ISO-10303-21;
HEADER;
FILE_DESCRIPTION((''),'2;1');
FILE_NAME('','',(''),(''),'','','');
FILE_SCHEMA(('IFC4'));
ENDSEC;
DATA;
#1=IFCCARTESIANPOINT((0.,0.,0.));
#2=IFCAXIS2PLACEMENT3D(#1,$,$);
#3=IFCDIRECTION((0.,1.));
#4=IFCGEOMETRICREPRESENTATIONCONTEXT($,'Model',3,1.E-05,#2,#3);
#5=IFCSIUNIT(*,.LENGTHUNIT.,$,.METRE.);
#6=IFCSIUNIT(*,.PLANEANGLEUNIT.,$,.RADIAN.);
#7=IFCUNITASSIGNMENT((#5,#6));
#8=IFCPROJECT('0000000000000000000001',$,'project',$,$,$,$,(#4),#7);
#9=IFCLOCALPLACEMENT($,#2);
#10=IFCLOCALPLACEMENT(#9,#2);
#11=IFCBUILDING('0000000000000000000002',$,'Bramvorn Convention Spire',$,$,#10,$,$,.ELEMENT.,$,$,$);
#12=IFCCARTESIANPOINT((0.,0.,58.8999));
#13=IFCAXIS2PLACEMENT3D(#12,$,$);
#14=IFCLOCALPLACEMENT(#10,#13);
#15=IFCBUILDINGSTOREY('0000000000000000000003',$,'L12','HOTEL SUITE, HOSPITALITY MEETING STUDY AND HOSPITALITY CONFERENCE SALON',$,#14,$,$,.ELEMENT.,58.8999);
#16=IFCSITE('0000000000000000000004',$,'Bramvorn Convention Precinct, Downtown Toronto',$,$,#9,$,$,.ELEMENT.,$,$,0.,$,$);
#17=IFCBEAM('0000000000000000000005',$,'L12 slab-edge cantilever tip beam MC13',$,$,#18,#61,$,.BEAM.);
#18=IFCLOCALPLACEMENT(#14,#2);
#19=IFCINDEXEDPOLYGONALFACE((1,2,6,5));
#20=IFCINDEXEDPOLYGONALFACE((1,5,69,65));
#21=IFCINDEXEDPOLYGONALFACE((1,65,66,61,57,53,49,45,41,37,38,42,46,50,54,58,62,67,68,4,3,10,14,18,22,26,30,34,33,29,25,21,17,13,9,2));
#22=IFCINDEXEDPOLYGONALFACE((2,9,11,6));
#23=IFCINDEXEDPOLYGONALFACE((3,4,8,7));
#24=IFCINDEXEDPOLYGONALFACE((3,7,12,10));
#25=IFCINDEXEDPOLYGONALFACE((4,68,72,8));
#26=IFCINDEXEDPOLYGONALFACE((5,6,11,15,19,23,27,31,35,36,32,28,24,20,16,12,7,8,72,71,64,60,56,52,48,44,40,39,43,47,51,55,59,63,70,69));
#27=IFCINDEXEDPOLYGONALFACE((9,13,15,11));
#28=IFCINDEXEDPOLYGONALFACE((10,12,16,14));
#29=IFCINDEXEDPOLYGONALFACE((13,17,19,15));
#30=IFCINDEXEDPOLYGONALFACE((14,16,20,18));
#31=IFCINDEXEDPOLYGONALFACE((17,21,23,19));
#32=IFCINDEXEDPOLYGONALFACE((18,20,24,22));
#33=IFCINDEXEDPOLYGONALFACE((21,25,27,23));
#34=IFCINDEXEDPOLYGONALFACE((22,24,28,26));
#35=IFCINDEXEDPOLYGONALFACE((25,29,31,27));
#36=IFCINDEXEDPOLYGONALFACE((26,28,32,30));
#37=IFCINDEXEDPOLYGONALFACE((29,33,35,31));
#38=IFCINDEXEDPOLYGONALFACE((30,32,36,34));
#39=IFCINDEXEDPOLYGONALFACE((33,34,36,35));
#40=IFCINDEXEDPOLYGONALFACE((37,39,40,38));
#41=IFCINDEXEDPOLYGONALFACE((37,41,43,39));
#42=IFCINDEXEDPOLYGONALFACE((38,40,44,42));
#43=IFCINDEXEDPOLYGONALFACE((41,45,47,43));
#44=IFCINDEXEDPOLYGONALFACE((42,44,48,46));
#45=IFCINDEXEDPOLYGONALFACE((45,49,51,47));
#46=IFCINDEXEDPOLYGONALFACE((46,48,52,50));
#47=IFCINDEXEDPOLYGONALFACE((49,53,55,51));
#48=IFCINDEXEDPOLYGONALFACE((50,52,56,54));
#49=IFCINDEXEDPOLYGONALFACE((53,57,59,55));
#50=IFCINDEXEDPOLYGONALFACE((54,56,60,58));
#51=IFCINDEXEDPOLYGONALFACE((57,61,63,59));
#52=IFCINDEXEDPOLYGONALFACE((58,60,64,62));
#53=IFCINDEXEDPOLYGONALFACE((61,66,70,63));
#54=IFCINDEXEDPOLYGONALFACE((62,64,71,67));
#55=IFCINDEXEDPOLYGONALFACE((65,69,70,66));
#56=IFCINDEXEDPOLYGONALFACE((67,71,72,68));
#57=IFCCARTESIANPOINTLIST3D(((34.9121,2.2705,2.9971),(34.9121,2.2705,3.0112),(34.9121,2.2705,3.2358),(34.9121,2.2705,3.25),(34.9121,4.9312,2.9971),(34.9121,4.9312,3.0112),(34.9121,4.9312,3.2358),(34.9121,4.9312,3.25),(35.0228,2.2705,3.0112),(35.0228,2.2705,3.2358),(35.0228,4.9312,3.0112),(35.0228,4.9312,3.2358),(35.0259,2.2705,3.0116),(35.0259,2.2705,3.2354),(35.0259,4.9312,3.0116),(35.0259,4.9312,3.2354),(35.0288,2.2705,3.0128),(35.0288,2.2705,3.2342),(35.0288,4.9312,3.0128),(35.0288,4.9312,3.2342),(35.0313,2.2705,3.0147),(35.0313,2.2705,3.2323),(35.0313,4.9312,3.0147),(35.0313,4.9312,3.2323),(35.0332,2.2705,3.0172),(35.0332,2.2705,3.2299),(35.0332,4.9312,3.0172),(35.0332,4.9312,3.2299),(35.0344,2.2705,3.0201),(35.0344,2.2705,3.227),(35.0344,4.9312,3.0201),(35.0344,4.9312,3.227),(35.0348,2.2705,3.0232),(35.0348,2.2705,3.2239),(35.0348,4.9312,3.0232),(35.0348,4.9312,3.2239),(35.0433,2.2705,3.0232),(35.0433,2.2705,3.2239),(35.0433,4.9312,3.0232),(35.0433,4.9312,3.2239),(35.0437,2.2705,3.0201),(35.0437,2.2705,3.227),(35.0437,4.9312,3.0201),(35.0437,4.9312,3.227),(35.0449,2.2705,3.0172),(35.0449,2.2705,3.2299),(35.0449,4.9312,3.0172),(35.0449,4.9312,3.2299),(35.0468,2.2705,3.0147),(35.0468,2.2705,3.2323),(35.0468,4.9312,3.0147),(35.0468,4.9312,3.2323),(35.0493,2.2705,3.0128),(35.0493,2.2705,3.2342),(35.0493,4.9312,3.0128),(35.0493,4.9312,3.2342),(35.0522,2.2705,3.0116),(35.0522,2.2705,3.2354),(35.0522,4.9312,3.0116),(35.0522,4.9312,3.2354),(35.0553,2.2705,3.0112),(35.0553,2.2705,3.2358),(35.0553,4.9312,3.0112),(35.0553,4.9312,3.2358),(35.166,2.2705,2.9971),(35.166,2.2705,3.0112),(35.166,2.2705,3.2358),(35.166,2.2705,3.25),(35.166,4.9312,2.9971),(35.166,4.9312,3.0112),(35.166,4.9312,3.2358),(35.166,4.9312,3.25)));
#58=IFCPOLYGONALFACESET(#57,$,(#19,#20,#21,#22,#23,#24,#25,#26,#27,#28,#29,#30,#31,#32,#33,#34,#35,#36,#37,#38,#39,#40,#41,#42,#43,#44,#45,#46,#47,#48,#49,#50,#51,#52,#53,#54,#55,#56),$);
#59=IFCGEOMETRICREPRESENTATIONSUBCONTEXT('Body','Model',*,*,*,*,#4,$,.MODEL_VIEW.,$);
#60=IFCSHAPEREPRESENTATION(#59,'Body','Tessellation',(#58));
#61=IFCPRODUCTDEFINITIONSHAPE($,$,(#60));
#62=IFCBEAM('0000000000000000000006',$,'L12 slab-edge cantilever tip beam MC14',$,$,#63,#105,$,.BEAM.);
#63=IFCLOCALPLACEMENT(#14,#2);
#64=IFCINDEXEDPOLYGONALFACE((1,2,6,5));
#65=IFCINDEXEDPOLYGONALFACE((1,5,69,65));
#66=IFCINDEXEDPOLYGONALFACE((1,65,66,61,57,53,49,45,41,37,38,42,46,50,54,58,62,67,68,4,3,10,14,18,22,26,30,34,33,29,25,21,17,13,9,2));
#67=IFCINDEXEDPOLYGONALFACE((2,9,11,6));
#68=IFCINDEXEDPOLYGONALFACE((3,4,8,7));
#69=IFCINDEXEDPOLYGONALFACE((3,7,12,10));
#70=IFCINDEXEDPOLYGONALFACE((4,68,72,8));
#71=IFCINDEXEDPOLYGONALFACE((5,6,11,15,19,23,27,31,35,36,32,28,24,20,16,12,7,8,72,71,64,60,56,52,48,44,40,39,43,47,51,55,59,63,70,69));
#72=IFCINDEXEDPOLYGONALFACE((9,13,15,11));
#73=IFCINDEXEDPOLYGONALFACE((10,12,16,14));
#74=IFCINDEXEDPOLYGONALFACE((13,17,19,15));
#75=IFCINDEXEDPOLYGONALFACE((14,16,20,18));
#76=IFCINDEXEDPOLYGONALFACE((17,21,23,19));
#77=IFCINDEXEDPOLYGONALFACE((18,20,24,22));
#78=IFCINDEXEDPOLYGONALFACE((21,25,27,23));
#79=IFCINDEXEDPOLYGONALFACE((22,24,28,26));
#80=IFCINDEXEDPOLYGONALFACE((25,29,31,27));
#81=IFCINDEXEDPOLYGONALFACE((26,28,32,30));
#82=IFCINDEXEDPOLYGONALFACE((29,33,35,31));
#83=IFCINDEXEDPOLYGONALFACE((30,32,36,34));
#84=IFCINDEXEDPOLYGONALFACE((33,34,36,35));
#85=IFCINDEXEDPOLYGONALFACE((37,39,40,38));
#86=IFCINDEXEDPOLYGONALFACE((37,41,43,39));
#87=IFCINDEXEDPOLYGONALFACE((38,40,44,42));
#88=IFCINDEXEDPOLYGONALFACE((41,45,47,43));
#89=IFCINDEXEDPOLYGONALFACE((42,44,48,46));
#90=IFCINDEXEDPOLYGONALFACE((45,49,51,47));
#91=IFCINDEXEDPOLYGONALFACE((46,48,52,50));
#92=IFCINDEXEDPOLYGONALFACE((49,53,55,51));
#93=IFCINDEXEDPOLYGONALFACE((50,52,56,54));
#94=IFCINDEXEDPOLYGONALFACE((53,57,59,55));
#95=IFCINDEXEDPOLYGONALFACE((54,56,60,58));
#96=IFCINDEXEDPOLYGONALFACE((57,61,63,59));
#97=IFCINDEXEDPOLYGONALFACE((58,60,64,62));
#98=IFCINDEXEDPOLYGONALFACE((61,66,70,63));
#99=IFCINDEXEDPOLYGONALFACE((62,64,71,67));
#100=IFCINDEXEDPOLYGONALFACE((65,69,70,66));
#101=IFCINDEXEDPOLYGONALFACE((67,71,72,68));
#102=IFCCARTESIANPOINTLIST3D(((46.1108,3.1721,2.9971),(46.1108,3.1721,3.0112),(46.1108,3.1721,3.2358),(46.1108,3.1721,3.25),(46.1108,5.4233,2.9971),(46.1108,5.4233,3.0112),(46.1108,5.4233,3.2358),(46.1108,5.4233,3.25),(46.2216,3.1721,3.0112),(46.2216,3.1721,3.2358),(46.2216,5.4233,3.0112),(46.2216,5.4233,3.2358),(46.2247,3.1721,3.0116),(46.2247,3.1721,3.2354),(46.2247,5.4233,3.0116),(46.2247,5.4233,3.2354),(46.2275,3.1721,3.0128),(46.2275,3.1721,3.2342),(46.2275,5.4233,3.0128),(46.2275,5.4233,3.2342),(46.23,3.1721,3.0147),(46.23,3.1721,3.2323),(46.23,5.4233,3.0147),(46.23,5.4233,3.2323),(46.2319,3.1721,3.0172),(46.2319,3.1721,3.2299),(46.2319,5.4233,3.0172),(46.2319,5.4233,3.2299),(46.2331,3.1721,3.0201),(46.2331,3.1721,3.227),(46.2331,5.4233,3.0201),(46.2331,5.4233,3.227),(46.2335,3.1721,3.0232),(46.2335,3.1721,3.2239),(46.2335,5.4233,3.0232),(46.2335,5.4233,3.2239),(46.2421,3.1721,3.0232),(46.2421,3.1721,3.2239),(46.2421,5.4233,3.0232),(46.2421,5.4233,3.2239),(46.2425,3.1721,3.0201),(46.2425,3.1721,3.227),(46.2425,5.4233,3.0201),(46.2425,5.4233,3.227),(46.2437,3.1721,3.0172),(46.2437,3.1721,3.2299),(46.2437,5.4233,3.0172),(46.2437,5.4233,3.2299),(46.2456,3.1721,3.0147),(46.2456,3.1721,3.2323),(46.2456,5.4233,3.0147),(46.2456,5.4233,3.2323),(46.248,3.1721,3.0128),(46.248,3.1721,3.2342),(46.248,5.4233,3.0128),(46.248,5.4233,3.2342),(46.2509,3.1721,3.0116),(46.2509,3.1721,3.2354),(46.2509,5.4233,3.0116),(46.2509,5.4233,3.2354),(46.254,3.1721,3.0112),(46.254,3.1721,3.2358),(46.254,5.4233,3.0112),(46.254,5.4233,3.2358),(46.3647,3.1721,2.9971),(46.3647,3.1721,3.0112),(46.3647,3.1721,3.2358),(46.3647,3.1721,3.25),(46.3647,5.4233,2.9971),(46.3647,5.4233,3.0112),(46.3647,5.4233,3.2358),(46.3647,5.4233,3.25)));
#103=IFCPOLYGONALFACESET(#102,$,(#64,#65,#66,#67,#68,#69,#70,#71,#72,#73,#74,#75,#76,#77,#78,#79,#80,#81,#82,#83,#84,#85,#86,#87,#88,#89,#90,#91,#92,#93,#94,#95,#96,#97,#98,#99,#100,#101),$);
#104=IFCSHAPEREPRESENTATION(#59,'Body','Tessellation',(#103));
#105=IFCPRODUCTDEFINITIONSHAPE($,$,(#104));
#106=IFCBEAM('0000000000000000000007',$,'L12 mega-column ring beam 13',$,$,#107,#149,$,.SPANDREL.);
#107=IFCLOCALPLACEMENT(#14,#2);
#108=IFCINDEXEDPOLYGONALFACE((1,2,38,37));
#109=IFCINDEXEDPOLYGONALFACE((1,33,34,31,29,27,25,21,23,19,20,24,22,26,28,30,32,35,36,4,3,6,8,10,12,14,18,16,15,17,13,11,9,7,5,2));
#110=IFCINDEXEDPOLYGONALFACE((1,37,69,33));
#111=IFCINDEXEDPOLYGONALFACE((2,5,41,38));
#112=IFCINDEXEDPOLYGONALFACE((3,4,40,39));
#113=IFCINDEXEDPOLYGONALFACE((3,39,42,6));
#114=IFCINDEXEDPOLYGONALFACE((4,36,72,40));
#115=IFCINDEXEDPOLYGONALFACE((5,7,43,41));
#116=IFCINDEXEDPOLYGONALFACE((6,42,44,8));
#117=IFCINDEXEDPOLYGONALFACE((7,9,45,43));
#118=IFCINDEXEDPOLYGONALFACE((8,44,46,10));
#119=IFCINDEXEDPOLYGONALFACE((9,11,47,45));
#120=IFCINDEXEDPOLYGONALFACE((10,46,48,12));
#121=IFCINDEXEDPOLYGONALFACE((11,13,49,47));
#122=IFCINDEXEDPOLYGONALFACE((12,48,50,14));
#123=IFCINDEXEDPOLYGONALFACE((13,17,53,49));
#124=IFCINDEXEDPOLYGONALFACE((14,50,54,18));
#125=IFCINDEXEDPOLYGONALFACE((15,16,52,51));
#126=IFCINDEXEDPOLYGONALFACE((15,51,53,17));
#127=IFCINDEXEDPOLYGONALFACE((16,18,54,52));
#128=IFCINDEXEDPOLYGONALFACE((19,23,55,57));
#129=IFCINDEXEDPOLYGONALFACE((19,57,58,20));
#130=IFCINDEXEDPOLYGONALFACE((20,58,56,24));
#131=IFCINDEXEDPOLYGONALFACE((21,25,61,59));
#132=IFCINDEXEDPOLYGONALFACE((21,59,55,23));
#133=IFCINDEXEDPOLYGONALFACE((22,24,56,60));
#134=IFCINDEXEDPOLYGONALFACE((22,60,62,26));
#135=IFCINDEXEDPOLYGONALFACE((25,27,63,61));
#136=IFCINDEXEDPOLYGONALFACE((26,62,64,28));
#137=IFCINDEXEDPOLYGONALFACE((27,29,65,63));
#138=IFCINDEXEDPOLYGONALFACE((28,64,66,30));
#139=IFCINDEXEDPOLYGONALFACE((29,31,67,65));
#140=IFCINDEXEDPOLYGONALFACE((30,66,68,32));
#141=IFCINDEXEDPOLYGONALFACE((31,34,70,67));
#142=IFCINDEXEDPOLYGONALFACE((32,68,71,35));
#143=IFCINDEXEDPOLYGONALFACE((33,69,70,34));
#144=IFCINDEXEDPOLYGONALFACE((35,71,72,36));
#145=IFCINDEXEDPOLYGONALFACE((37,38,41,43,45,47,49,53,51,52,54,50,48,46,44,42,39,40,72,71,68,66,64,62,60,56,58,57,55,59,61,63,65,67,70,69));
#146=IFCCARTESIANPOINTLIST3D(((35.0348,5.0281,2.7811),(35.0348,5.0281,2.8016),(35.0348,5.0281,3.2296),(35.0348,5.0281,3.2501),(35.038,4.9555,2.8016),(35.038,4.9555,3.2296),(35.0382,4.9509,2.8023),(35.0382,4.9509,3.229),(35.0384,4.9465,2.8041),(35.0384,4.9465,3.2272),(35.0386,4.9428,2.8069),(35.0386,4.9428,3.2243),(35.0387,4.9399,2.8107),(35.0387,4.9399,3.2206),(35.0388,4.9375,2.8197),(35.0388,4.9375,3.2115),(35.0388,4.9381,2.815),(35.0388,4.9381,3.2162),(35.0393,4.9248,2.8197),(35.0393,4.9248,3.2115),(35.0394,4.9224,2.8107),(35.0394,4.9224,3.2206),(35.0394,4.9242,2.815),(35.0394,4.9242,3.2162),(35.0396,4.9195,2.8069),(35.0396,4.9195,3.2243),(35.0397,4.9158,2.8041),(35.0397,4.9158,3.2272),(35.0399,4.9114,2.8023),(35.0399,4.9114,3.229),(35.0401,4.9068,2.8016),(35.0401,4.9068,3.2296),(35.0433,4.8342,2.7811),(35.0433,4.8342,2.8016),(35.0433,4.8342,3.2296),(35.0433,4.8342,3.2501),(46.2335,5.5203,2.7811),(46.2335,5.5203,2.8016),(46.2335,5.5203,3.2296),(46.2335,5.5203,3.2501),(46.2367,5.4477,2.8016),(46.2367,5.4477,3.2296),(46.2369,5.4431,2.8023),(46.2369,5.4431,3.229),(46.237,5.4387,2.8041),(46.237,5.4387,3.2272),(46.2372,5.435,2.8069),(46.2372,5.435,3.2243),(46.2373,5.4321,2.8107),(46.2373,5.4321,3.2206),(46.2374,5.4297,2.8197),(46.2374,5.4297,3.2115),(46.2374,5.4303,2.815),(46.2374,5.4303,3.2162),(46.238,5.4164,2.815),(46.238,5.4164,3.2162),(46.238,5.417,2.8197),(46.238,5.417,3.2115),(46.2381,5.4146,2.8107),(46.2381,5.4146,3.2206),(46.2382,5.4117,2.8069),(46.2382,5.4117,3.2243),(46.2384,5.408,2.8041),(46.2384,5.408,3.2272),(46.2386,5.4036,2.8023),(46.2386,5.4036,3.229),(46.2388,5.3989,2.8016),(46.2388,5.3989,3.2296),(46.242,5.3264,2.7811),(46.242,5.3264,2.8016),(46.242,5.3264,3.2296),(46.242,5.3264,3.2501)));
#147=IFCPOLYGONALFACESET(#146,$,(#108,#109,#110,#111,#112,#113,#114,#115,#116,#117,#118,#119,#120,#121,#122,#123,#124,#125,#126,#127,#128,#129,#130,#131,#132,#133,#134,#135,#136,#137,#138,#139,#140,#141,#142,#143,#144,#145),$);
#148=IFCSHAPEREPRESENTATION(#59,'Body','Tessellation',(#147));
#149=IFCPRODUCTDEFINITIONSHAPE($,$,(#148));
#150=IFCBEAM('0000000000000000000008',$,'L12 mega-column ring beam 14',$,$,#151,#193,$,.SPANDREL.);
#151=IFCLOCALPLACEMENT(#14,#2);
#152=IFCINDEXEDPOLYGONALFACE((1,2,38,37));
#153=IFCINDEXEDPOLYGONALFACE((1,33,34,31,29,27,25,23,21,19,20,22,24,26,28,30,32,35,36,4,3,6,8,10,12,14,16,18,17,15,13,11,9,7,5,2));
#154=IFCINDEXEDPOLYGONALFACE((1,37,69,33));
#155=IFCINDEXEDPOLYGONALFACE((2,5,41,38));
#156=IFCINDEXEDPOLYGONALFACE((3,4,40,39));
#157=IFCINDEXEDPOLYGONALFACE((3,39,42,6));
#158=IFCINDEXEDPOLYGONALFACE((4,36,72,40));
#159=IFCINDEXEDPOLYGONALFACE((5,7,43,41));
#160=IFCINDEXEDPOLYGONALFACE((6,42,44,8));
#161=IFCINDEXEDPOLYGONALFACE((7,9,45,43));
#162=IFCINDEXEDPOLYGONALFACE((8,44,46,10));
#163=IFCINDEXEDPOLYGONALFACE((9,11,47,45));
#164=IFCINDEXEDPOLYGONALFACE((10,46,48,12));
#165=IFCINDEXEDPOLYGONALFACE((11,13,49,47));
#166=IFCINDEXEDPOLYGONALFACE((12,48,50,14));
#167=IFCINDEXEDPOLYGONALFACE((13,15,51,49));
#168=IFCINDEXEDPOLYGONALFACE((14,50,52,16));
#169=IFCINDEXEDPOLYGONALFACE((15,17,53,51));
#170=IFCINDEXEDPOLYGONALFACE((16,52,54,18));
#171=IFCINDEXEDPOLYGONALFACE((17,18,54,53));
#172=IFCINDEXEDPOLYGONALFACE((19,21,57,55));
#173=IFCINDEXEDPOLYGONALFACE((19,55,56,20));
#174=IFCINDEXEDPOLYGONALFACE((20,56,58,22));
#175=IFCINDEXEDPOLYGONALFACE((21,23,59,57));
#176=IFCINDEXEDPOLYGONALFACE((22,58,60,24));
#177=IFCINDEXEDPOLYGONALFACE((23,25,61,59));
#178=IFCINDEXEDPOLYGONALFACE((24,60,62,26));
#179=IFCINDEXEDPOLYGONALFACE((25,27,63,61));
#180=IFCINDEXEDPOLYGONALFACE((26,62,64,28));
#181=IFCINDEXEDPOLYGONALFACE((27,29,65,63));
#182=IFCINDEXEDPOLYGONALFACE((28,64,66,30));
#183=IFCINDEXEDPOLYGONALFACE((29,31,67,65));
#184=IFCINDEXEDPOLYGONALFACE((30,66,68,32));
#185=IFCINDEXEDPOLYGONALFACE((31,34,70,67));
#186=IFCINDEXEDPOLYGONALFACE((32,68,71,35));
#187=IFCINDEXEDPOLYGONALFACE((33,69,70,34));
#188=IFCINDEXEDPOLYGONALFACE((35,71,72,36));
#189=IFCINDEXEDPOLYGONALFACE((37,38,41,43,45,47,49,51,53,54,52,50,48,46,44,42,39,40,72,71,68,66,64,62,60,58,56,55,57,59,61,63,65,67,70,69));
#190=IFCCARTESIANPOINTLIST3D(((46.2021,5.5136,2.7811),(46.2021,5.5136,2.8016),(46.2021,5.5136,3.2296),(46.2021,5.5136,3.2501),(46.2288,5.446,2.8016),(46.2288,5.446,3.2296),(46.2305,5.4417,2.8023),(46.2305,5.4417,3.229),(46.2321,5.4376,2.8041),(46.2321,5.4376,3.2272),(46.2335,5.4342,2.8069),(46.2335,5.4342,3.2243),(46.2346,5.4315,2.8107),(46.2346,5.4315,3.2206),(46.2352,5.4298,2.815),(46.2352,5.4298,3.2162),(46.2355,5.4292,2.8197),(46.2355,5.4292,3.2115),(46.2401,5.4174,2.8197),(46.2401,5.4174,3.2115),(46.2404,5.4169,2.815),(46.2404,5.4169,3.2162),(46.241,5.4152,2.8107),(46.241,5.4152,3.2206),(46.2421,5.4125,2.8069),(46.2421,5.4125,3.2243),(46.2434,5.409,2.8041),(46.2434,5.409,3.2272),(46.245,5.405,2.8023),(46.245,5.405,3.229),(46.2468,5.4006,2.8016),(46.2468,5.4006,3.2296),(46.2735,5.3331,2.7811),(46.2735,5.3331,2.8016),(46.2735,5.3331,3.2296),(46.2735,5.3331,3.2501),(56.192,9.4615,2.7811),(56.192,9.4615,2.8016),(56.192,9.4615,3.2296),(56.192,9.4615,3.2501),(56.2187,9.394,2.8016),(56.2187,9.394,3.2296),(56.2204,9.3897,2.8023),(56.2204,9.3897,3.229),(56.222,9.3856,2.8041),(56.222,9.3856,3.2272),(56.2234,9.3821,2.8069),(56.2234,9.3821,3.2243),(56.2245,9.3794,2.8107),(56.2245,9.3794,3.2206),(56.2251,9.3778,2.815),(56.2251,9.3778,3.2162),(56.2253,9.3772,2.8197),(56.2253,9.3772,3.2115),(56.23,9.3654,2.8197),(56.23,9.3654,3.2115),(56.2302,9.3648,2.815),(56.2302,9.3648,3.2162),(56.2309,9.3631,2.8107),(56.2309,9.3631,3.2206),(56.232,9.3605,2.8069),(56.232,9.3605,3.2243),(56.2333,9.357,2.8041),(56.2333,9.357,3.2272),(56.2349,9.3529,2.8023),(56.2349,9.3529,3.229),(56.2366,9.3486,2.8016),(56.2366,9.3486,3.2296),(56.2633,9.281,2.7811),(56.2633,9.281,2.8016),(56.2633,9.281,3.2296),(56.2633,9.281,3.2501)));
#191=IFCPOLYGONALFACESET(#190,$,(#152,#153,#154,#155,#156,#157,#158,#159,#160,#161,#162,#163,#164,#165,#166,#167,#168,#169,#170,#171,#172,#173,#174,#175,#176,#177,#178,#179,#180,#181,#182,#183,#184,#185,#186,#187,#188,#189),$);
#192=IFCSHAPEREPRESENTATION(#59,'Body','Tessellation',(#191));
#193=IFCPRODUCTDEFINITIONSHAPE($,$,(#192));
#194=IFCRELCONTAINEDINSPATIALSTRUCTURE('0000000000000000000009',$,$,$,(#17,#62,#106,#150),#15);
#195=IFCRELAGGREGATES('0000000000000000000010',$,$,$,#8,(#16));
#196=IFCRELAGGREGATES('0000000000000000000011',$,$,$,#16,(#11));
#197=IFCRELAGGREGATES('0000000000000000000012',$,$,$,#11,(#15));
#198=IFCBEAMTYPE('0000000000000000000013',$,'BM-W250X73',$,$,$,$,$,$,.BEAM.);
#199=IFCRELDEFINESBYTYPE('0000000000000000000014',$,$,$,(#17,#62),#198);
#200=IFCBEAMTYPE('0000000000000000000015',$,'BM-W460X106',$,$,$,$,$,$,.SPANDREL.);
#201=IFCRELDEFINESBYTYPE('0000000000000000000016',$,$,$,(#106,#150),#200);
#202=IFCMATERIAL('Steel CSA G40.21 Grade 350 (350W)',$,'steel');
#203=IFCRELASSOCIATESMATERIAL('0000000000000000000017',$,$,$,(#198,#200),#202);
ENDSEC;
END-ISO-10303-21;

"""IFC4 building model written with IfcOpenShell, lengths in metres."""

from ifc_helpers import new_model, si_unit, direction, frame, origin, origin_2d, place, context, subcontext, project, spatial, i_section, extrude, material, material_profile, profile_set, type_object, element, save


model = new_model("IFC4")

# Units and contexts
model_context = context("Model", 3, precision=1e-05, world=origin(), true_north=direction((0.0, 1.0)))
body_context = subcontext(model_context, "Body", "Model", "MODEL_VIEW")
ifc_project = project(units=[si_unit("LENGTHUNIT", "METRE"), si_unit("PLANEANGLEUNIT", "RADIAN")], contexts=[model_context])

# Site, building, storey
site_placement = place(None, origin())
site = spatial("IfcSite", under=ifc_project, at=site_placement, Name="Bramvorn Convention Precinct, Downtown Toronto", CompositionType="ELEMENT", RefElevation=0.0)
building_placement = place(site_placement, origin())
building = spatial("IfcBuilding", under=site, at=building_placement, Name="Bramvorn Convention Spire", CompositionType="ELEMENT")
storey_placement = place(building_placement, frame((0.0, 0.0, 58.8999)))
storey = spatial("IfcBuildingStorey", under=building, at=storey_placement, Name="L12", Description="HOTEL SUITE, HOSPITALITY MEETING STUDY AND HOSPITALITY CONFERENCE SALON", CompositionType="ELEMENT", Elevation=58.8999)

# Shared definitions
ifc_material_1 = material(Name="Steel CSA G40.21 Grade 350 (350W)", Category="steel")

# Beams
ifc_material_profile_1 = material_profile(ifc_material_1, i_section(OverallWidth=0.2539, OverallDepth=0.2529, WebThickness=0.0085, FlangeThickness=0.0142, FilletRadius=0.012, at=origin_2d()))
ifc_profile_set_1 = profile_set([ifc_material_profile_1], Name="Steel CSA G40.21 Grade 350 (350W) - W250X73")
beam_type_1 = type_object("IfcBeamType", Name="BM-W250X73", PredefinedType="BEAM", material=ifc_profile_set_1)
beam_1_placement = place(storey_placement, frame((35.0391, 4.9312, 3.1235), z_axis=(0.0, -1.0, 0.0), x_axis=(1.0, 0.0, 0.0)))
element("IfcBeam", 1, at=beam_1_placement, inside=storey, type_object=beam_type_1, Name="L12 slab-edge cantilever tip beam MC13", PredefinedType="BEAM", context=body_context, shape_type="SweptSolid", body=[
    extrude(i_section(OverallWidth=0.2539, OverallDepth=0.2529, WebThickness=0.0085, FlangeThickness=0.0142, FilletRadius=0.012, at=origin_2d()), origin(), (0.0, 0.0, 1.0), 2.6606),
])
beam_2_placement = place(storey_placement, frame((46.2378, 5.4233, 3.1235), z_axis=(0.0, -1.0, 0.0), x_axis=(1.0, 0.0, 0.0)))
element("IfcBeam", 2, at=beam_2_placement, inside=storey, type_object=beam_type_1, Name="L12 slab-edge cantilever tip beam MC14", PredefinedType="BEAM", context=body_context, shape_type="SweptSolid", body=[
    extrude(i_section(OverallWidth=0.2539, OverallDepth=0.2529, WebThickness=0.0085, FlangeThickness=0.0142, FilletRadius=0.012, at=origin_2d()), origin(), (0.0, 0.0, 1.0), 2.2512),
])
ifc_material_profile_2 = material_profile(ifc_material_1, i_section(OverallWidth=0.1941, OverallDepth=0.469, WebThickness=0.0127, FlangeThickness=0.0205, FilletRadius=0.0181, at=origin_2d()))
ifc_profile_set_2 = profile_set([ifc_material_profile_2], Name="Steel CSA G40.21 Grade 350 (350W) - W460X106")
beam_type_2 = type_object("IfcBeamType", Name="BM-W460X106", PredefinedType="SPANDREL", material=ifc_profile_set_2)
beam_3_placement = place(storey_placement, frame((35.0391, 4.9312, 3.0156), z_axis=(0.999036, 0.043908, 0.0), x_axis=(-0.043908, 0.999036, 0.0)))
element("IfcBeam", 3, at=beam_3_placement, inside=storey, type_object=beam_type_2, Name="L12 mega-column ring beam 13", PredefinedType="SPANDREL", context=body_context, shape_type="SweptSolid", body=[
    extrude(i_section(OverallWidth=0.1941, OverallDepth=0.469, WebThickness=0.0127, FlangeThickness=0.0205, FilletRadius=0.0181, at=origin_2d()), origin(), (0.0, 0.0, 1.0), 11.2095),
])
beam_4_placement = place(storey_placement, frame((46.2378, 5.4233, 3.0156), z_axis=(0.93001, 0.367535, 0.0), x_axis=(-0.367535, 0.93001, 0.0)))
element("IfcBeam", 4, at=beam_4_placement, inside=storey, type_object=beam_type_2, Name="L12 mega-column ring beam 14", PredefinedType="SPANDREL", context=body_context, shape_type="SweptSolid", body=[
    extrude(i_section(OverallWidth=0.1941, OverallDepth=0.469, WebThickness=0.0127, FlangeThickness=0.0205, FilletRadius=0.0181, at=origin_2d()), origin(), (0.0, 0.0, 1.0), 10.7417),
])

save(model, "model.ifc")
